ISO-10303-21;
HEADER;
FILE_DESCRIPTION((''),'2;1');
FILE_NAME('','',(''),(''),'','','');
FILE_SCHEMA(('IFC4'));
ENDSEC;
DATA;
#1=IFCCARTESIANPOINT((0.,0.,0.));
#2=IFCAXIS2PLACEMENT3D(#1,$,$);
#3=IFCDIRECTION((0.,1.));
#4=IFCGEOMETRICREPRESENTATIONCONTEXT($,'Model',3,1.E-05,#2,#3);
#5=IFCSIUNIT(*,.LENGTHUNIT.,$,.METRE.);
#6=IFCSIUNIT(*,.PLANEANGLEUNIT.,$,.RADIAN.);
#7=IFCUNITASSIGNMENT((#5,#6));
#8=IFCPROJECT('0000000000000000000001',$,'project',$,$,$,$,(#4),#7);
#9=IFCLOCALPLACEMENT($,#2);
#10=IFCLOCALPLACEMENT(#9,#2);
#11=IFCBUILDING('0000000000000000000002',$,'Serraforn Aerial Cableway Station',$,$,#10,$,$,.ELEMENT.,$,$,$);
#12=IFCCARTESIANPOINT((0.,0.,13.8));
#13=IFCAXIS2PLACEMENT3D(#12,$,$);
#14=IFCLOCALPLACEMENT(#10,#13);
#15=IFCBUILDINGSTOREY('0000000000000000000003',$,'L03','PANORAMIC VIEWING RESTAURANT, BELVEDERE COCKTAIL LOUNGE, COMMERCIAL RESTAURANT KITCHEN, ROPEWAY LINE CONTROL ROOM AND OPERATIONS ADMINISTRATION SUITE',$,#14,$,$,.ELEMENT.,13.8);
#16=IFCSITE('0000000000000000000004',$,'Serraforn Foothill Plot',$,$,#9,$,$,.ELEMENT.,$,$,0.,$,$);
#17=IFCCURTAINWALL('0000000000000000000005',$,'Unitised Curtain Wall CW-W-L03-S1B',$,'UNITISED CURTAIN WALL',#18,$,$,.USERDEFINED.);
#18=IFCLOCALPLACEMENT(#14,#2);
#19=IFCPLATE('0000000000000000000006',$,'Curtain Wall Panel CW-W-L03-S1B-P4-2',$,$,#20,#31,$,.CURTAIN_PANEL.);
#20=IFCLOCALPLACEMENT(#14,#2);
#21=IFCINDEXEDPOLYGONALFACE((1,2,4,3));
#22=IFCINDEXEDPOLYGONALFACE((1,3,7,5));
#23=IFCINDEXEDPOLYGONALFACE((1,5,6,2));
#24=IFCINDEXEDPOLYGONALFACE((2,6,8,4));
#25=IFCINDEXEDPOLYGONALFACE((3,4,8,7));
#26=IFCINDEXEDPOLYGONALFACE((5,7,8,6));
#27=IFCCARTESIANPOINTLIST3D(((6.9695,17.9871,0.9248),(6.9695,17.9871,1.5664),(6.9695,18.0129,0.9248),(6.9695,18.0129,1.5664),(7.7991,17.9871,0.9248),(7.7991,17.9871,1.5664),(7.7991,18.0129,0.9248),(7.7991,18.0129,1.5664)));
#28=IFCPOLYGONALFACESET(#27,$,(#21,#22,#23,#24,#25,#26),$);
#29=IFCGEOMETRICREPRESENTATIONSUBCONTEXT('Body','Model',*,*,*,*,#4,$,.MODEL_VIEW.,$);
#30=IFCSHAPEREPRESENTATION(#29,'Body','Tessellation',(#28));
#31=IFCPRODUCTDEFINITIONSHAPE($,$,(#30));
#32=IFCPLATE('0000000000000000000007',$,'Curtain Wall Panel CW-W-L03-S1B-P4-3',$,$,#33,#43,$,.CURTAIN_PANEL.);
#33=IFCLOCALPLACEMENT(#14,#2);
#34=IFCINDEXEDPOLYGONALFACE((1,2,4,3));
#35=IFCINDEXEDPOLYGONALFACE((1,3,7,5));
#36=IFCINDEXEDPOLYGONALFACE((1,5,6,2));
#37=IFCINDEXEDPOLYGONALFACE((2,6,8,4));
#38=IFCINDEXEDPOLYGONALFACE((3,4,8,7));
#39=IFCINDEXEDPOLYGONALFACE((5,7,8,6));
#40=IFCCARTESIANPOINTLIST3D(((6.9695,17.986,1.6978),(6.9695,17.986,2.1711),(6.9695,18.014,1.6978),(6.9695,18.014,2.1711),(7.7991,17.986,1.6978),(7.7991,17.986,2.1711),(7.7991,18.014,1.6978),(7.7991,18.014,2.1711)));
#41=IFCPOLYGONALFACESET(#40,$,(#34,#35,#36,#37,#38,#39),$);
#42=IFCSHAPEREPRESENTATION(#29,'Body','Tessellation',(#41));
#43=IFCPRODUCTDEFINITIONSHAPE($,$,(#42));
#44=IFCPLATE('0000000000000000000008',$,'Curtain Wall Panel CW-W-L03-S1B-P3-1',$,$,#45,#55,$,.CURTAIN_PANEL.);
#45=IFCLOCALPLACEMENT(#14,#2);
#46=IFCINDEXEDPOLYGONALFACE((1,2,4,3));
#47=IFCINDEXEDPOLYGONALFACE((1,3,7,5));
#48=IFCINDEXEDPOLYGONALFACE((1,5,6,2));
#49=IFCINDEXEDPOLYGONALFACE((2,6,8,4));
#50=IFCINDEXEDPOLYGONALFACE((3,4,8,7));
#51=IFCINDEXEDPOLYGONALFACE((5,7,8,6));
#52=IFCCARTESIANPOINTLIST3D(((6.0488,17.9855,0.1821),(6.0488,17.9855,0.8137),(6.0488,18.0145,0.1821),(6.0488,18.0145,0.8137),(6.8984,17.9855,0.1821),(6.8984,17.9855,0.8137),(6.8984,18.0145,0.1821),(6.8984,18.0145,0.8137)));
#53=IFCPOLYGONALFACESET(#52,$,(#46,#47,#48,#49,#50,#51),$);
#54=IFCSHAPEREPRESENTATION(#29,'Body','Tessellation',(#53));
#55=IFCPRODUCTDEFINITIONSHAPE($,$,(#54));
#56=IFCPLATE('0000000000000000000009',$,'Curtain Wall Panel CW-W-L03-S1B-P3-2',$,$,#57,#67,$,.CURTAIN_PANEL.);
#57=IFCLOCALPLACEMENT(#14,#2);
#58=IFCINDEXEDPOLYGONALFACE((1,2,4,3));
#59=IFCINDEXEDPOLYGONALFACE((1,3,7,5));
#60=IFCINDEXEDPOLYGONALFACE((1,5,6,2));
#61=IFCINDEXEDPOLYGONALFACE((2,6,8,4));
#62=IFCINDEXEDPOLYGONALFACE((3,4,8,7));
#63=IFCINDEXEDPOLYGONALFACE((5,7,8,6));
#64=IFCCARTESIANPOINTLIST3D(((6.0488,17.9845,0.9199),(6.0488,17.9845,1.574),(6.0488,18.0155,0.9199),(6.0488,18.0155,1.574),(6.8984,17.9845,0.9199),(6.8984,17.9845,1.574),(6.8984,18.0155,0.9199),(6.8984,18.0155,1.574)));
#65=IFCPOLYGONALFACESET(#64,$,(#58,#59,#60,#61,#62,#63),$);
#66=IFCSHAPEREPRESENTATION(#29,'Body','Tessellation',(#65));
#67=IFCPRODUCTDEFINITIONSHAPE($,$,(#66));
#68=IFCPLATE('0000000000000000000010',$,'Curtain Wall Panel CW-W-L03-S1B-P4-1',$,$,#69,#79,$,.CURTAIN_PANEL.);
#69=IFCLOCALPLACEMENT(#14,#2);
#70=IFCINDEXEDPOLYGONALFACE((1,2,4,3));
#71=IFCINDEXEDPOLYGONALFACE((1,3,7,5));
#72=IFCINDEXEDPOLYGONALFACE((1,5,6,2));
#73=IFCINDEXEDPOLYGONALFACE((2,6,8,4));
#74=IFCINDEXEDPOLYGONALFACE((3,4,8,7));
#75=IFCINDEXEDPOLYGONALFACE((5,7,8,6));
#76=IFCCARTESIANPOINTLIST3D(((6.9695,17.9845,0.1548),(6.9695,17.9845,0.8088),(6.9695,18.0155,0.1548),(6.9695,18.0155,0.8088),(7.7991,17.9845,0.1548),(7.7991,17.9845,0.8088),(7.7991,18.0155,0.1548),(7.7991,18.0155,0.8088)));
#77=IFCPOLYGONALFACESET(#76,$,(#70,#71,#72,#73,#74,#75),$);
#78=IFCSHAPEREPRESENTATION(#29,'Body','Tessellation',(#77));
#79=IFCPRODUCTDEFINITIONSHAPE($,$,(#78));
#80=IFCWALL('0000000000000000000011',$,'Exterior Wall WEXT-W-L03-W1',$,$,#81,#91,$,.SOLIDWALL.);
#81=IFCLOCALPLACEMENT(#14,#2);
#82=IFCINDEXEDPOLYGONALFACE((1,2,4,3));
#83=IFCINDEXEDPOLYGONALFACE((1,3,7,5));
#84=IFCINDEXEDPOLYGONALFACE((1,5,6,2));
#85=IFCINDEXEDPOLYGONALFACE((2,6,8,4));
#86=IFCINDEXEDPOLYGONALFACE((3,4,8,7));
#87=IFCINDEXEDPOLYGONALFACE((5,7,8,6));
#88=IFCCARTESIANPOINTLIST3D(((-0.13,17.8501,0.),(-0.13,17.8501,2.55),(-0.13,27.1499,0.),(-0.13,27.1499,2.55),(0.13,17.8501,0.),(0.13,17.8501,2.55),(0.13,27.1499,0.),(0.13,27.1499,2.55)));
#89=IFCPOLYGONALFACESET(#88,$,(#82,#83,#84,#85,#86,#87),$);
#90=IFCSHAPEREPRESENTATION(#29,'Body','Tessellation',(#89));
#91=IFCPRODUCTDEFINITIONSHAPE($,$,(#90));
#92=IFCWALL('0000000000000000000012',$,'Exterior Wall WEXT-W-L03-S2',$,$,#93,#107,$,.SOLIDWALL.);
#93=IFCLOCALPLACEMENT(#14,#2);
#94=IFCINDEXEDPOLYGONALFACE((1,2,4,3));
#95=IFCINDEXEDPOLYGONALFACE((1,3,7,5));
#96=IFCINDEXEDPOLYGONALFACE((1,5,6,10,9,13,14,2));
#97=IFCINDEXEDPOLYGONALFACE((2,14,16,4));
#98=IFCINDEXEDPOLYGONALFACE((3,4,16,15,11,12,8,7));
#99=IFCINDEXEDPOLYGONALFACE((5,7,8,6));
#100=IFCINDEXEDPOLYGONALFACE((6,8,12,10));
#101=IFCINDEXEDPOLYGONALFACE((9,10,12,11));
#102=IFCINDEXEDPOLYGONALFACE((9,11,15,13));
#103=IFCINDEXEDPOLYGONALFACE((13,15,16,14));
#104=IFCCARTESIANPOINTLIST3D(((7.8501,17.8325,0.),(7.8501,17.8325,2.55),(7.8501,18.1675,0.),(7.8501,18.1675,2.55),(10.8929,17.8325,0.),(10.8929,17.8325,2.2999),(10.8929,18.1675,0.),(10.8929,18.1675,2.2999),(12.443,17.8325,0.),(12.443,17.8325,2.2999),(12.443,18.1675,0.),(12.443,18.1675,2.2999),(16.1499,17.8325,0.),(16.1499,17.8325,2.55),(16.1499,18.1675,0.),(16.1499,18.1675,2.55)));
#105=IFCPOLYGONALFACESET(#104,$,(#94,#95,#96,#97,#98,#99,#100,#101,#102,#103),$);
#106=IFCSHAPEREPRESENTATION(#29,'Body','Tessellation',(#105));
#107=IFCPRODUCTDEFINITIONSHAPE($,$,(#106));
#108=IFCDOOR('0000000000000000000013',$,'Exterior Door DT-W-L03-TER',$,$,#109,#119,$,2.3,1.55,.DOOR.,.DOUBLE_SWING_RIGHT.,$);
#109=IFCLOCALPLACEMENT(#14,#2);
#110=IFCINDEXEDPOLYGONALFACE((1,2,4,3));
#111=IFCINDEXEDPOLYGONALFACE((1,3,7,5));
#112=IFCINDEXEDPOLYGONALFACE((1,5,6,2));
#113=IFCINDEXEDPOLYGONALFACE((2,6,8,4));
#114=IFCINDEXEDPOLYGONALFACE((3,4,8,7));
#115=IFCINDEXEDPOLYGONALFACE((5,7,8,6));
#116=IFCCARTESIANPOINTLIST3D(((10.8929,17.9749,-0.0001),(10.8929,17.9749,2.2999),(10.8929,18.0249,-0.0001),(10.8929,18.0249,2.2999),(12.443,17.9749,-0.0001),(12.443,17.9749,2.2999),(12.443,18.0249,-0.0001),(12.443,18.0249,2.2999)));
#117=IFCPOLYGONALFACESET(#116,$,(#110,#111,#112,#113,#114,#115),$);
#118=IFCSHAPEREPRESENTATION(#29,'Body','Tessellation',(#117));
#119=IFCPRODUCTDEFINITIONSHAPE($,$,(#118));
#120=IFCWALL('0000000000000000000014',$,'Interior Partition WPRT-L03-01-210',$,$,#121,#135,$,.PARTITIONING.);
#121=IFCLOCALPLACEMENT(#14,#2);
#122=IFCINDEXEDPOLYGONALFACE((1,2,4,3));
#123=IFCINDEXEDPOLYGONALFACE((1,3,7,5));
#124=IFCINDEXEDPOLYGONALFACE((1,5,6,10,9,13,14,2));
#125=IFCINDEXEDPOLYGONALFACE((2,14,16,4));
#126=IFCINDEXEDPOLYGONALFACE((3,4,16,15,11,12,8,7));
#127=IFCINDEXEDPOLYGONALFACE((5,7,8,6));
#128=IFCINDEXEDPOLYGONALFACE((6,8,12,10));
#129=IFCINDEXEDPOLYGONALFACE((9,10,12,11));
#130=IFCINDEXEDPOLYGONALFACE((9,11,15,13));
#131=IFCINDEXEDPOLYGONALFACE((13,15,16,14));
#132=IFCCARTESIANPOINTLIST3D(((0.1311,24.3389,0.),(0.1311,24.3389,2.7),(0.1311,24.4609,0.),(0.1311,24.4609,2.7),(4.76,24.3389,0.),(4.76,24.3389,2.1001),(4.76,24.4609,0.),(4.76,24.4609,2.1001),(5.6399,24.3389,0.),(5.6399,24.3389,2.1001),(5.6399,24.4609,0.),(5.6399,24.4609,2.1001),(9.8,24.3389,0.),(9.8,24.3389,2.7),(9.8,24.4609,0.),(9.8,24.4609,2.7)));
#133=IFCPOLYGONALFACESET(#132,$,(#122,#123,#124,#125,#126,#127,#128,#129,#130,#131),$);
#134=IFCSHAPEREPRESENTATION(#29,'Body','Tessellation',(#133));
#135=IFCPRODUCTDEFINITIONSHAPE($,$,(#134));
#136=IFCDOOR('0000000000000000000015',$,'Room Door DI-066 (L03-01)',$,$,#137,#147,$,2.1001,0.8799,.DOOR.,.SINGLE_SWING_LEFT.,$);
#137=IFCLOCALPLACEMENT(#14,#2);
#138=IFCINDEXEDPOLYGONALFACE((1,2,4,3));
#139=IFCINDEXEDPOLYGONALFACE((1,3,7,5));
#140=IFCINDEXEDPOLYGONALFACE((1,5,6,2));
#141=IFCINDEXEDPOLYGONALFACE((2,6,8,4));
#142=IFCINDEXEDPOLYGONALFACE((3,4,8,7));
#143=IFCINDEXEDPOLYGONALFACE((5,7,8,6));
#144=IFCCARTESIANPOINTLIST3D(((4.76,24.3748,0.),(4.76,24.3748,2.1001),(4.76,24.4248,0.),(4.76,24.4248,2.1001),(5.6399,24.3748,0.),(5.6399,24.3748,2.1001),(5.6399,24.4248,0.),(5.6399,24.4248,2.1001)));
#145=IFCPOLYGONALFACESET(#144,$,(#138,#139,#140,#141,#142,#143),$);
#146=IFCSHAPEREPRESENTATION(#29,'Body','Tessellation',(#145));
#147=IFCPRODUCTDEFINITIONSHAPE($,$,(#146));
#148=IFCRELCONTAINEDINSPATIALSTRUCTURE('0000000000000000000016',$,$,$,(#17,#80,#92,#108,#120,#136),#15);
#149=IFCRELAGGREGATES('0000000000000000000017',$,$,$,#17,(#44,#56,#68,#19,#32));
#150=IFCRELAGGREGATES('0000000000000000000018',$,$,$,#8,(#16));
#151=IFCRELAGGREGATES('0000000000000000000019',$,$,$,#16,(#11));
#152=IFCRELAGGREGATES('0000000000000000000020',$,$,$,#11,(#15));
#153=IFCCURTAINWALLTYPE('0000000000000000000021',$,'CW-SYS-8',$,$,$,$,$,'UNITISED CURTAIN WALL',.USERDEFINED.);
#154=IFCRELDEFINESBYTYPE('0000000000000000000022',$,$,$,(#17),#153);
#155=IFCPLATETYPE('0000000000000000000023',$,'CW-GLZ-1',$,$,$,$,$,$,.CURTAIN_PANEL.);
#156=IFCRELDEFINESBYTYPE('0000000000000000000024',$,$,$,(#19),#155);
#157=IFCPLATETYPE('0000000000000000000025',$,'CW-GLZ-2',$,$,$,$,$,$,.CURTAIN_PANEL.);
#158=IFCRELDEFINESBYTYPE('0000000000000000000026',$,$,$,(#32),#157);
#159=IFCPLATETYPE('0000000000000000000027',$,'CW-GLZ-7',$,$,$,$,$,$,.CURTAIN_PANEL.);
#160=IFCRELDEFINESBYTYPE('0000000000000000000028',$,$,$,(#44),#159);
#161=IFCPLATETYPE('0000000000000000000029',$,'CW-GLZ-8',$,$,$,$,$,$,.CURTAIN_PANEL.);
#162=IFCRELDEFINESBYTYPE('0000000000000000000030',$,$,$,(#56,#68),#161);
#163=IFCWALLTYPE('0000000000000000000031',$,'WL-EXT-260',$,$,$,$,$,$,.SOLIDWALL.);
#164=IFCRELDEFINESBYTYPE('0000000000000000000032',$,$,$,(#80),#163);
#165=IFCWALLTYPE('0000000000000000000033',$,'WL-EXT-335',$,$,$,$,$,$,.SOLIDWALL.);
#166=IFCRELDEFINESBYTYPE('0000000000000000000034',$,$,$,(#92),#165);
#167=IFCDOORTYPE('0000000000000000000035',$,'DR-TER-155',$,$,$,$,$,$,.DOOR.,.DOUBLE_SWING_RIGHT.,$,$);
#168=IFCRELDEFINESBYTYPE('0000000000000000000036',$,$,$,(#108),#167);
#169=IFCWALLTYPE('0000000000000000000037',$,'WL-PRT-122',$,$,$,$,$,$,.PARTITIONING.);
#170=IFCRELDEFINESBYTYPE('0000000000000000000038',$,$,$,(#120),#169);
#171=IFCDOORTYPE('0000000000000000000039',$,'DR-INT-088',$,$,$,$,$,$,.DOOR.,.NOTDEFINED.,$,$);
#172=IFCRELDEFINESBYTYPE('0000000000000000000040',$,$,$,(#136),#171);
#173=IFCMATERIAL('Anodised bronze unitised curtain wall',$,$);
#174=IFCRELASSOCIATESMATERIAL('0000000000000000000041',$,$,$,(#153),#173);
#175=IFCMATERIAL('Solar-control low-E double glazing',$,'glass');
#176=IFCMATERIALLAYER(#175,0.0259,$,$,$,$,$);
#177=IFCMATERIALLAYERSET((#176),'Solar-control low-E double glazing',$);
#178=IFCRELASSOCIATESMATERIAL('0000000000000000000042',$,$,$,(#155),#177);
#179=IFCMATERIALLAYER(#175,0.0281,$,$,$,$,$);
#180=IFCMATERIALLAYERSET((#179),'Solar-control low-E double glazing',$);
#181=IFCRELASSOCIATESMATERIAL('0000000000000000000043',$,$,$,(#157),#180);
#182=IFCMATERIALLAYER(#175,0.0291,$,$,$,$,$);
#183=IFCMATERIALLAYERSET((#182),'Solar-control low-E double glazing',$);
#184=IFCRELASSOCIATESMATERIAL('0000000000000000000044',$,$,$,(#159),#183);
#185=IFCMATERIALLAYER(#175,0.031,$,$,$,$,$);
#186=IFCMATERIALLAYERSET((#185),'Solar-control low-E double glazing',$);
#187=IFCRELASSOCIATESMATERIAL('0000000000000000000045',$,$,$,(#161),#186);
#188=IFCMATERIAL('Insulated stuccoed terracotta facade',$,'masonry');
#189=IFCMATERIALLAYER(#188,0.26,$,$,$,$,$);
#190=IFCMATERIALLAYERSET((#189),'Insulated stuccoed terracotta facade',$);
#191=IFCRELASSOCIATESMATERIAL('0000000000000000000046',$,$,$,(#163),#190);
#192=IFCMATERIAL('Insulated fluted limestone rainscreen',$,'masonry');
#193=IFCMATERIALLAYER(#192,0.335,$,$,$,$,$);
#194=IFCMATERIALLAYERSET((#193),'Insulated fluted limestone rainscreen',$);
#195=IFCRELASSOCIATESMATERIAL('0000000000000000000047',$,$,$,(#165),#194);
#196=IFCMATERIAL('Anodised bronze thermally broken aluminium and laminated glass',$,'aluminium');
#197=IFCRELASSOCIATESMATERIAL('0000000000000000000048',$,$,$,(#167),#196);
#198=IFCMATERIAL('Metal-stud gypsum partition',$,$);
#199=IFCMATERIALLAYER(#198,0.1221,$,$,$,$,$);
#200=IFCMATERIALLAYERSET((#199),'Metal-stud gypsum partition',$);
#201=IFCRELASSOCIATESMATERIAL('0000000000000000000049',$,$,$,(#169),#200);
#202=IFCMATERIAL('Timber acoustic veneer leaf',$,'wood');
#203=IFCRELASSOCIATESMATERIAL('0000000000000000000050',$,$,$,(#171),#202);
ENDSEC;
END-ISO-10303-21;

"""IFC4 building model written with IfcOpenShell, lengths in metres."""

from ifc_helpers import new_model, si_unit, direction, frame, frame_2d, origin, origin_2d, place, context, subcontext, project, spatial, rectangle, extrude, material, layer, layer_set, type_object, element, fill, aggregate, save


model = new_model("IFC4")

# Units and contexts
model_context = context("Model", 3, precision=1e-05, world=origin(), true_north=direction((0.0, 1.0)))
body_context = subcontext(model_context, "Body", "Model", "MODEL_VIEW")
ifc_project = project(units=[si_unit("LENGTHUNIT", "METRE"), si_unit("PLANEANGLEUNIT", "RADIAN")], contexts=[model_context])

# Site, building, storey
site_placement = place(None, origin())
site = spatial("IfcSite", under=ifc_project, at=site_placement, Name="Serraforn Foothill Plot", CompositionType="ELEMENT", RefElevation=0.0)
building_placement = place(site_placement, origin())
building = spatial("IfcBuilding", under=site, at=building_placement, Name="Serraforn Aerial Cableway Station", CompositionType="ELEMENT")
storey_placement = place(building_placement, frame((0.0, 0.0, 13.8)))
storey = spatial("IfcBuildingStorey", under=building, at=storey_placement, Name="L03", Description="PANORAMIC VIEWING RESTAURANT, BELVEDERE COCKTAIL LOUNGE, COMMERCIAL RESTAURANT KITCHEN, ROPEWAY LINE CONTROL ROOM AND OPERATIONS ADMINISTRATION SUITE", CompositionType="ELEMENT", Elevation=13.8)

# Curtain wall
ifc_material_1 = material(Name="Anodised bronze unitised curtain wall")
curtain_wall_type_1 = type_object("IfcCurtainWallType", Name="CW-SYS-8", ElementType="UNITISED CURTAIN WALL", PredefinedType="USERDEFINED", material=ifc_material_1)
curtain_wall_1_placement = place(storey_placement, origin())
curtain_wall_1 = element("IfcCurtainWall", 1, at=curtain_wall_1_placement, inside=storey, type_object=curtain_wall_type_1, Name="Unitised Curtain Wall CW-W-L03-S1B", ObjectType="UNITISED CURTAIN WALL", PredefinedType="USERDEFINED")

# Plates
ifc_material_2 = material(Name="Solar-control low-E double glazing", Category="glass")
ifc_layer_1 = layer(ifc_material_2, 0.0259)
ifc_layer_set_1 = layer_set([ifc_layer_1], Name="Solar-control low-E double glazing")
plate_type_1 = type_object("IfcPlateType", Name="CW-GLZ-1", PredefinedType="CURTAIN_PANEL", material=ifc_layer_set_1)
plate_1_placement = place(storey_placement, frame((7.3843, 18.0, 0.9248), z_axis=(0.0, 0.0, 1.0), x_axis=(1.0, 0.0, 0.0)))
plate_1 = element("IfcPlate", 2, at=plate_1_placement, type_object=plate_type_1, Name="Curtain Wall Panel CW-W-L03-S1B-P4-2", PredefinedType="CURTAIN_PANEL", context=body_context, shape_type="SweptSolid", body=[
    extrude(rectangle(XDim=0.8296, YDim=0.0259, at=origin_2d()), origin(), (0.0, 0.0, 1.0), 0.6416),
])
ifc_layer_2 = layer(ifc_material_2, 0.0281)
ifc_layer_set_2 = layer_set([ifc_layer_2], Name="Solar-control low-E double glazing")
plate_type_2 = type_object("IfcPlateType", Name="CW-GLZ-2", PredefinedType="CURTAIN_PANEL", material=ifc_layer_set_2)
plate_2_placement = place(storey_placement, frame((7.3843, 18.0, 1.6978), z_axis=(0.0, 0.0, 1.0), x_axis=(1.0, 0.0, 0.0)))
plate_2 = element("IfcPlate", 3, at=plate_2_placement, type_object=plate_type_2, Name="Curtain Wall Panel CW-W-L03-S1B-P4-3", PredefinedType="CURTAIN_PANEL", context=body_context, shape_type="SweptSolid", body=[
    extrude(rectangle(XDim=0.8296, YDim=0.0281, at=origin_2d()), origin(), (0.0, 0.0, 1.0), 0.4734),
])
ifc_layer_3 = layer(ifc_material_2, 0.0291)
ifc_layer_set_3 = layer_set([ifc_layer_3], Name="Solar-control low-E double glazing")
plate_type_3 = type_object("IfcPlateType", Name="CW-GLZ-7", PredefinedType="CURTAIN_PANEL", material=ifc_layer_set_3)
plate_3_placement = place(storey_placement, frame((6.4736, 18.0, 0.1821), z_axis=(0.0, 0.0, 1.0), x_axis=(1.0, 0.0, 0.0)))
plate_3 = element("IfcPlate", 4, at=plate_3_placement, type_object=plate_type_3, Name="Curtain Wall Panel CW-W-L03-S1B-P3-1", PredefinedType="CURTAIN_PANEL", context=body_context, shape_type="SweptSolid", body=[
    extrude(rectangle(XDim=0.8496, YDim=0.0291, at=origin_2d()), origin(), (0.0, 0.0, 1.0), 0.6316),
])
ifc_layer_4 = layer(ifc_material_2, 0.031)
ifc_layer_set_4 = layer_set([ifc_layer_4], Name="Solar-control low-E double glazing")
plate_type_4 = type_object("IfcPlateType", Name="CW-GLZ-8", PredefinedType="CURTAIN_PANEL", material=ifc_layer_set_4)
plate_4_placement = place(storey_placement, frame((6.4736, 18.0, 0.9199), z_axis=(0.0, 0.0, 1.0), x_axis=(1.0, 0.0, 0.0)))
plate_4 = element("IfcPlate", 5, at=plate_4_placement, type_object=plate_type_4, Name="Curtain Wall Panel CW-W-L03-S1B-P3-2", PredefinedType="CURTAIN_PANEL", context=body_context, shape_type="SweptSolid", body=[
    extrude(rectangle(XDim=0.8496, YDim=0.031, at=origin_2d()), origin(), (0.0, 0.0, 1.0), 0.6541),
])
plate_5_placement = place(storey_placement, frame((7.3843, 18.0, 0.1548), z_axis=(0.0, 0.0, 1.0), x_axis=(1.0, 0.0, 0.0)))
plate_5 = element("IfcPlate", 6, at=plate_5_placement, type_object=plate_type_4, Name="Curtain Wall Panel CW-W-L03-S1B-P4-1", PredefinedType="CURTAIN_PANEL", context=body_context, shape_type="SweptSolid", body=[
    extrude(rectangle(XDim=0.8296, YDim=0.031, at=origin_2d()), origin(), (0.0, 0.0, 1.0), 0.6541),
])
aggregate(curtain_wall_1, [plate_3, plate_4, plate_5, plate_1, plate_2])

# Wall
ifc_material_3 = material(Name="Insulated stuccoed terracotta facade", Category="masonry")
ifc_layer_5 = layer(ifc_material_3, 0.26)
ifc_layer_set_5 = layer_set([ifc_layer_5], Name="Insulated stuccoed terracotta facade")
wall_type_1 = type_object("IfcWallType", Name="WL-EXT-260", PredefinedType="SOLIDWALL", material=ifc_layer_set_5)
wall_1_placement = place(storey_placement, frame((0.0, 27.1499, 0.0), z_axis=(0.0, 0.0, 1.0), x_axis=(0.0, -1.0, 0.0)))
element("IfcWall", 7, at=wall_1_placement, inside=storey, type_object=wall_type_1, Name="Exterior Wall WEXT-W-L03-W1", PredefinedType="SOLIDWALL", context=body_context, shape_type="SweptSolid", body=[
    extrude(rectangle(XDim=9.2998, YDim=0.26, at=frame_2d((4.6499, 0.0))), origin(), (0.0, 0.0, 1.0), 2.55),
])

# Walls, openings, doors
ifc_material_4 = material(Name="Insulated fluted limestone rainscreen", Category="masonry")
ifc_layer_6 = layer(ifc_material_4, 0.335)
ifc_layer_set_6 = layer_set([ifc_layer_6], Name="Insulated fluted limestone rainscreen")
wall_type_2 = type_object("IfcWallType", Name="WL-EXT-335", PredefinedType="SOLIDWALL", material=ifc_layer_set_6)
wall_2_placement = place(storey_placement, frame((7.8501, 18.0, 0.0), z_axis=(0.0, 0.0, 1.0), x_axis=(1.0, 0.0, 0.0)))
wall_2 = element("IfcWall", 8, at=wall_2_placement, inside=storey, type_object=wall_type_2, Name="Exterior Wall WEXT-W-L03-S2", PredefinedType="SOLIDWALL", context=body_context, shape_type="SweptSolid", body=[
    extrude(rectangle(XDim=8.2998, YDim=0.335, at=frame_2d((4.1499, 0.0))), origin(), (0.0, 0.0, 1.0), 2.55),
])
opening_1_placement = place(wall_2_placement, frame((3.043, 0.0, 0.0)))
opening_1 = element("IfcOpeningElement", 9, at=opening_1_placement, cuts=wall_2, PredefinedType="OPENING", context=body_context, shape_type="SweptSolid", body=[
    extrude(rectangle(XDim=1.55, YDim=2.3, at=frame_2d((0.7749, 1.1499))), frame((0.0, 0.1775, 0.0), z_axis=(0.0, -1.0, 0.0), x_axis=(1.0, 0.0, 0.0)), (0.0, 0.0, 1.0), 0.355),
])
ifc_material_5 = material(Name="Anodised bronze thermally broken aluminium and laminated glass", Category="aluminium")
door_type_1 = type_object("IfcDoorType", Name="DR-TER-155", OperationType="DOUBLE_SWING_RIGHT", PredefinedType="DOOR", material=ifc_material_5)
door_1_placement = place(opening_1_placement, origin())
door_1 = element("IfcDoor", 10, at=door_1_placement, inside=storey, type_object=door_type_1, Name="Exterior Door DT-W-L03-TER", OperationType="DOUBLE_SWING_RIGHT", OverallHeight=2.3, OverallWidth=1.55, PredefinedType="DOOR", context=body_context, shape_type="SweptSolid", body=[
    extrude(rectangle(XDim=1.55, YDim=2.3, at=frame_2d((0.7749, 1.1499))), frame((0.0, 0.0249, 0.0), z_axis=(0.0, -1.0, 0.0), x_axis=(1.0, 0.0, 0.0)), (0.0, 0.0, 1.0), 0.05),
])
fill(opening_1, door_1)
ifc_material_6 = material(Name="Metal-stud gypsum partition")
ifc_layer_7 = layer(ifc_material_6, 0.1221)
ifc_layer_set_7 = layer_set([ifc_layer_7], Name="Metal-stud gypsum partition")
wall_type_3 = type_object("IfcWallType", Name="WL-PRT-122", PredefinedType="PARTITIONING", material=ifc_layer_set_7)
wall_3_placement = place(storey_placement, frame((0.1311, 24.3999, 0.0), z_axis=(0.0, 0.0, 1.0), x_axis=(1.0, 0.0, 0.0)))
wall_3 = element("IfcWall", 11, at=wall_3_placement, inside=storey, type_object=wall_type_3, Name="Interior Partition WPRT-L03-01-210", PredefinedType="PARTITIONING", context=body_context, shape_type="SweptSolid", body=[
    extrude(rectangle(XDim=9.6689, YDim=0.1221, at=frame_2d((4.8345, 0.0))), origin(), (0.0, 0.0, 1.0), 2.7),
])
opening_2_placement = place(wall_3_placement, frame((4.6289, 0.0, 0.0)))
opening_2 = element("IfcOpeningElement", 12, at=opening_2_placement, cuts=wall_3, PredefinedType="OPENING", context=body_context, shape_type="SweptSolid", body=[
    extrude(rectangle(XDim=0.8799, YDim=2.1001, at=frame_2d((0.4399, 1.05))), frame((0.0, 0.071, 0.0), z_axis=(0.0, -1.0, 0.0), x_axis=(1.0, 0.0, 0.0)), (0.0, 0.0, 1.0), 0.1421),
])
ifc_material_7 = material(Name="Timber acoustic veneer leaf", Category="wood")
door_type_2 = type_object("IfcDoorType", Name="DR-INT-088", OperationType="NOTDEFINED", PredefinedType="DOOR", material=ifc_material_7)
door_2_placement = place(opening_2_placement, origin())
door_2 = element("IfcDoor", 13, at=door_2_placement, inside=storey, type_object=door_type_2, Name="Room Door DI-066 (L03-01)", OperationType="SINGLE_SWING_LEFT", OverallHeight=2.1001, OverallWidth=0.8799, PredefinedType="DOOR", context=body_context, shape_type="SweptSolid", body=[
    extrude(rectangle(XDim=0.8799, YDim=2.1001, at=frame_2d((0.4399, 1.05))), frame((0.0, 0.0249, 0.0), z_axis=(0.0, -1.0, 0.0), x_axis=(1.0, 0.0, 0.0)), (0.0, 0.0, 1.0), 0.05),
])
fill(opening_2, door_2)

save(model, "model.ifc")
